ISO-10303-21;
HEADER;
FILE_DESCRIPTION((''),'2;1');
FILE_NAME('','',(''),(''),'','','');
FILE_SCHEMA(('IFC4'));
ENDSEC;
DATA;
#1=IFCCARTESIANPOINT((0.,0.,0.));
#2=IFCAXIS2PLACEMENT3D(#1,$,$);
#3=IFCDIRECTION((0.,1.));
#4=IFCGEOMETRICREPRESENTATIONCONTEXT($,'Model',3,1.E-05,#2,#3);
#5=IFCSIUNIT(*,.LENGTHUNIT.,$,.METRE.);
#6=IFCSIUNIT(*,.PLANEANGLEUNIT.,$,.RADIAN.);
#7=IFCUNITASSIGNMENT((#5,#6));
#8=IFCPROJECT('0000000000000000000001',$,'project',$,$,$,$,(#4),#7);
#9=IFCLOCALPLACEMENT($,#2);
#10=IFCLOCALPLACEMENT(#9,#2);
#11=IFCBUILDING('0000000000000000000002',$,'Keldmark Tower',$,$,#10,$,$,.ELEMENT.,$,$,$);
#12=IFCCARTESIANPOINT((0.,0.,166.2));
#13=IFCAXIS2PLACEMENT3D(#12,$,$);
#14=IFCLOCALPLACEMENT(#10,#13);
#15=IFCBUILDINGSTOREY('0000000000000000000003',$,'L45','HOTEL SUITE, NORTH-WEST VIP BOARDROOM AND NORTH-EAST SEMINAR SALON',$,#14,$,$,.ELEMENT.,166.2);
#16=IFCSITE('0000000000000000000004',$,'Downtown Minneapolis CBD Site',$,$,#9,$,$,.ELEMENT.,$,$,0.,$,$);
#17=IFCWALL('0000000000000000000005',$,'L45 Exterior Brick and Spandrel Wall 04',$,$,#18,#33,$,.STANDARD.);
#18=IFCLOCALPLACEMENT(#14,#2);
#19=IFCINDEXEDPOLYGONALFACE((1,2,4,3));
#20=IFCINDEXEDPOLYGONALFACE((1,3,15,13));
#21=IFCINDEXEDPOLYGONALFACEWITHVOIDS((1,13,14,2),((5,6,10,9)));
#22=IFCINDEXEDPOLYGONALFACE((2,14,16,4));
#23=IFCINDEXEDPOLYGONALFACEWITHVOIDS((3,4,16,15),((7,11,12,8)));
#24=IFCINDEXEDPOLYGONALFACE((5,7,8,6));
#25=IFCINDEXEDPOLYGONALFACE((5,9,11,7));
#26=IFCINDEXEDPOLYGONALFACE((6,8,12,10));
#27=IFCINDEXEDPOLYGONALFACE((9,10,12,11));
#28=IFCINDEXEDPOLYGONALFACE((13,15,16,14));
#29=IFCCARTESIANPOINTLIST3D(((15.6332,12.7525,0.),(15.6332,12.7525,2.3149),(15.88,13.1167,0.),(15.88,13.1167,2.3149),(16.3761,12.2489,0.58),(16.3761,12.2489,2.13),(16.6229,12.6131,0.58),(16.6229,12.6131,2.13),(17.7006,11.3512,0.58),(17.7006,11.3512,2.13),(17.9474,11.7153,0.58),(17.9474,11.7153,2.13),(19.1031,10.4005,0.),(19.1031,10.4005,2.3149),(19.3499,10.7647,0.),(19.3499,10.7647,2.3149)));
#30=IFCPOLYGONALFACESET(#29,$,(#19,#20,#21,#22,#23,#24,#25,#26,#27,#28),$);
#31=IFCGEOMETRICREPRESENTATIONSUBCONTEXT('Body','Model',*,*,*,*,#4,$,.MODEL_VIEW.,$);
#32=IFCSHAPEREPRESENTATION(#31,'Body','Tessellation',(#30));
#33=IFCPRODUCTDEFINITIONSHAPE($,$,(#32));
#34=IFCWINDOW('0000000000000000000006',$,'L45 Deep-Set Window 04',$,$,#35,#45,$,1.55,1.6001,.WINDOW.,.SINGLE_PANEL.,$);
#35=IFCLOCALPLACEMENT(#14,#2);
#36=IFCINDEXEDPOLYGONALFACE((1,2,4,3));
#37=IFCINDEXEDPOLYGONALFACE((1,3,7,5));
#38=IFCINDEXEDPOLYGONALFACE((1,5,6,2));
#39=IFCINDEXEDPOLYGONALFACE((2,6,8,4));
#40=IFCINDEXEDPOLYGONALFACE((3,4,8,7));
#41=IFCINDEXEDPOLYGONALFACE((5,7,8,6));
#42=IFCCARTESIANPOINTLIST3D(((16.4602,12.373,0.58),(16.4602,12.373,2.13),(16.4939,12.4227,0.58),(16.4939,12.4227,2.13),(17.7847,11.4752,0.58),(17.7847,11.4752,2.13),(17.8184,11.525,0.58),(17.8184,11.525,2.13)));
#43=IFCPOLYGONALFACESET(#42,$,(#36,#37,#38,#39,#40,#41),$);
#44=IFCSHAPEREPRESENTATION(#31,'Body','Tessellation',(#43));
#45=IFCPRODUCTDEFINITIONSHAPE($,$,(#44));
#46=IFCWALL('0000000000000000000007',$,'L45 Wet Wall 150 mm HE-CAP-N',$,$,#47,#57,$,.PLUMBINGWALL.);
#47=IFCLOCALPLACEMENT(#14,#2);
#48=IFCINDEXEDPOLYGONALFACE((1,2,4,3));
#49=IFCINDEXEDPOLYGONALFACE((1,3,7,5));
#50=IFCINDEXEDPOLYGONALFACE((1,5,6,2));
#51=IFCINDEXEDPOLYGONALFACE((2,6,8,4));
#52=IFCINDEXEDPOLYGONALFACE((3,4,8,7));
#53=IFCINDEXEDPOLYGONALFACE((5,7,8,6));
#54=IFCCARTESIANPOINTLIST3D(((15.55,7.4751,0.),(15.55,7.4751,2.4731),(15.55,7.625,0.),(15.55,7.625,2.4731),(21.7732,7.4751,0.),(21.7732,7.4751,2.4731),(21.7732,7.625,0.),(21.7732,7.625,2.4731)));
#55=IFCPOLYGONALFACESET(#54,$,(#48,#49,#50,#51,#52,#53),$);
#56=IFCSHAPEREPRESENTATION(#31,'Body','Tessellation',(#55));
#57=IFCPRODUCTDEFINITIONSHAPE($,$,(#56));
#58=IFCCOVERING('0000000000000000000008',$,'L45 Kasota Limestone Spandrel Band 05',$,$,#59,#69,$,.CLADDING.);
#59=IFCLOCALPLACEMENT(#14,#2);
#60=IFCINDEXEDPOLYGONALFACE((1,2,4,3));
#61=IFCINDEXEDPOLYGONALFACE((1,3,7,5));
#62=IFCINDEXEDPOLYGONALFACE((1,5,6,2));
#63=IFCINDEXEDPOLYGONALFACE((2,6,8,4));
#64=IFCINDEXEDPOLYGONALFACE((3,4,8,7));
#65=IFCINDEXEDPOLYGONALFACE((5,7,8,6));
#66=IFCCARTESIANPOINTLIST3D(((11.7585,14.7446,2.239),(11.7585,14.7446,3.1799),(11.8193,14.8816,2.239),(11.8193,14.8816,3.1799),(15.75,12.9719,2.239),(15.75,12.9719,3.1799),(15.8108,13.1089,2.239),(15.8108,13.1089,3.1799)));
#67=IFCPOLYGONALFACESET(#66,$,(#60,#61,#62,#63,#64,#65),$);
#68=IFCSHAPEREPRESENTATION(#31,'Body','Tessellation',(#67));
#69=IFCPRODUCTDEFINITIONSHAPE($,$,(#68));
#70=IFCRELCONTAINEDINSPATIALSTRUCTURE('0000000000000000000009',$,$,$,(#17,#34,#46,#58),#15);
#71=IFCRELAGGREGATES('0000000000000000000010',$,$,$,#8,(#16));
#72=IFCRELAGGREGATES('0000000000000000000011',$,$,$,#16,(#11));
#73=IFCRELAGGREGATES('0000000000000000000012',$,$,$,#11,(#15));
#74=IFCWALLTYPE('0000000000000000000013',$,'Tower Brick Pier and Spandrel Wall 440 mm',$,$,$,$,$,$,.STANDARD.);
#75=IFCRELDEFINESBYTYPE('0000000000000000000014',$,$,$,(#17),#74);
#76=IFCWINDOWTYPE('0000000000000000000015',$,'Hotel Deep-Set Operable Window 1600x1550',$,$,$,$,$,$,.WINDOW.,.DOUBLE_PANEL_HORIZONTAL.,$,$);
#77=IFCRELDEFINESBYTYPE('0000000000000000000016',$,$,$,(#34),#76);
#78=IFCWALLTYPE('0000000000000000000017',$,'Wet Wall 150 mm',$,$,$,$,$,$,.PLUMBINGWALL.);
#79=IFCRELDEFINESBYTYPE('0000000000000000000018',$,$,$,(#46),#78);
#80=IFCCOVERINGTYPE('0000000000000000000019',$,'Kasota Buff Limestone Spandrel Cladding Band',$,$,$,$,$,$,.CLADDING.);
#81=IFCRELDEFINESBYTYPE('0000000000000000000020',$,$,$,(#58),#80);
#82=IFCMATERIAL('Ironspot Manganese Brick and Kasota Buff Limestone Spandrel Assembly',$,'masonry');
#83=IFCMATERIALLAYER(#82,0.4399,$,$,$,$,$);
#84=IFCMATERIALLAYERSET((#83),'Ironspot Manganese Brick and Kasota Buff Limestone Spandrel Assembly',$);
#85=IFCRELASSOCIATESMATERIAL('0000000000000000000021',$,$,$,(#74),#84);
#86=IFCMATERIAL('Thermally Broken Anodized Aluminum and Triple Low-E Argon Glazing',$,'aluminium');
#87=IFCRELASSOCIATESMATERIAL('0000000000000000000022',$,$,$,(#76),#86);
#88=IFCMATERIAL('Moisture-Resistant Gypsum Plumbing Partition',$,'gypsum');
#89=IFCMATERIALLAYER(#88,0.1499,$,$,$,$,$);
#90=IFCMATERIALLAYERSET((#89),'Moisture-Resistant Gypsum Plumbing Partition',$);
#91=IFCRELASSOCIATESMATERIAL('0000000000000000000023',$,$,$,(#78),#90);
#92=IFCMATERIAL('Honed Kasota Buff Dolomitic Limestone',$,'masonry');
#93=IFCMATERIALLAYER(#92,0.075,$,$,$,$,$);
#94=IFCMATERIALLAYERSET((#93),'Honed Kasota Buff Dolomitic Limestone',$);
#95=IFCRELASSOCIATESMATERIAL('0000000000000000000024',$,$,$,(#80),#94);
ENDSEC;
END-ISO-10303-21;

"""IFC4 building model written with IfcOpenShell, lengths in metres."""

from ifc_helpers import new_model, si_unit, direction, frame, frame_2d, origin, origin_2d, place, context, subcontext, project, spatial, rectangle, extrude, material, layer, layer_set, type_object, element, fill, save


model = new_model("IFC4")

# Units and contexts
model_context = context("Model", 3, precision=1e-05, world=origin(), true_north=direction((0.0, 1.0)))
body_context = subcontext(model_context, "Body", "Model", "MODEL_VIEW")
ifc_project = project(units=[si_unit("LENGTHUNIT", "METRE"), si_unit("PLANEANGLEUNIT", "RADIAN")], contexts=[model_context])

# Site, building, storey
site_placement = place(None, origin())
site = spatial("IfcSite", under=ifc_project, at=site_placement, Name="Downtown Minneapolis CBD Site", CompositionType="ELEMENT", RefElevation=0.0)
building_placement = place(site_placement, origin())
building = spatial("IfcBuilding", under=site, at=building_placement, Name="Keldmark Tower", CompositionType="ELEMENT")
storey_placement = place(building_placement, frame((0.0, 0.0, 166.2)))
storey = spatial("IfcBuildingStorey", under=building, at=storey_placement, Name="L45", Description="HOTEL SUITE, NORTH-WEST VIP BOARDROOM AND NORTH-EAST SEMINAR SALON", CompositionType="ELEMENT", Elevation=166.2)

# Wall, opening, window
ifc_material_1 = material(Name="Ironspot Manganese Brick and Kasota Buff Limestone Spandrel Assembly", Category="masonry")
ifc_layer_1 = layer(ifc_material_1, 0.4399)
ifc_layer_set_1 = layer_set([ifc_layer_1], Name="Ironspot Manganese Brick and Kasota Buff Limestone Spandrel Assembly")
wall_type_1 = type_object("IfcWallType", Name="Tower Brick Pier and Spandrel Wall 440 mm", PredefinedType="STANDARD", material=ifc_layer_set_1)
ifc_material_2 = material(Name="Thermally Broken Anodized Aluminum and Triple Low-E Argon Glazing", Category="aluminium")
window_type_1 = type_object("IfcWindowType", Name="Hotel Deep-Set Operable Window 1600x1550", PartitioningType="DOUBLE_PANEL_HORIZONTAL", PredefinedType="WINDOW", material=ifc_material_2)
wall_1_placement = place(storey_placement, frame((15.7566, 12.9346, 0.0), z_axis=(0.0, 0.0, 1.0), x_axis=(0.827761, -0.561081, 0.0)))
wall_1 = element("IfcWall", 1, at=wall_1_placement, inside=storey, type_object=wall_type_1, Name="L45 Exterior Brick and Spandrel Wall 04", PredefinedType="STANDARD", context=body_context, shape_type="SweptSolid", body=[
    extrude(rectangle(XDim=4.1919, YDim=0.4399, at=frame_2d((2.0959, 0.0))), origin(), (0.0, 0.0, 1.0), 2.3149),
])
opening_1_placement = place(wall_1_placement, frame((0.8975, 0.0, 0.5801)))
opening_1 = element("IfcOpeningElement", 2, at=opening_1_placement, cuts=wall_1, PredefinedType="OPENING", context=body_context, shape_type="SweptSolid", body=[
    extrude(rectangle(XDim=1.6001, YDim=1.55, at=frame_2d((0.8, 0.7749))), frame((0.0, 0.23, 0.0), z_axis=(0.0, -1.0, 0.0), x_axis=(1.0, 0.0, 0.0)), (0.0, 0.0, 1.0), 0.46),
])
window_1_placement = place(opening_1_placement, origin())
window_1 = element("IfcWindow", 3, at=window_1_placement, inside=storey, type_object=window_type_1, Name="L45 Deep-Set Window 04", OverallHeight=1.55, OverallWidth=1.6001, PartitioningType="SINGLE_PANEL", PredefinedType="WINDOW", context=body_context, shape_type="SweptSolid", body=[
    extrude(rectangle(XDim=1.6001, YDim=1.55, at=frame_2d((0.8, 0.7749))), frame((0.0, -0.01, 0.0), z_axis=(0.0, -1.0, 0.0), x_axis=(1.0, 0.0, 0.0)), (0.0, 0.0, 1.0), 0.0601),
])
fill(opening_1, window_1)

# Wall
ifc_material_3 = material(Name="Moisture-Resistant Gypsum Plumbing Partition", Category="gypsum")
ifc_layer_2 = layer(ifc_material_3, 0.1499)
ifc_layer_set_2 = layer_set([ifc_layer_2], Name="Moisture-Resistant Gypsum Plumbing Partition")
wall_type_2 = type_object("IfcWallType", Name="Wet Wall 150 mm", PredefinedType="PLUMBINGWALL", material=ifc_layer_set_2)
wall_2_placement = place(storey_placement, frame((15.55, 7.55, 0.0), z_axis=(0.0, 0.0, 1.0), x_axis=(1.0, 0.0, 0.0)))
element("IfcWall", 4, at=wall_2_placement, inside=storey, type_object=wall_type_2, Name="L45 Wet Wall 150 mm HE-CAP-N", PredefinedType="PLUMBINGWALL", context=body_context, shape_type="SweptSolid", body=[
    extrude(rectangle(XDim=6.2231, YDim=0.1499, at=frame_2d((3.1116, 0.0))), origin(), (0.0, 0.0, 1.0), 2.4731),
])

# Covering
ifc_material_4 = material(Name="Honed Kasota Buff Dolomitic Limestone", Category="masonry")
ifc_layer_3 = layer(ifc_material_4, 0.075)
ifc_layer_set_3 = layer_set([ifc_layer_3], Name="Honed Kasota Buff Dolomitic Limestone")
covering_type = type_object("IfcCoveringType", Name="Kasota Buff Limestone Spandrel Cladding Band", PredefinedType="CLADDING", material=ifc_layer_set_3)
covering_placement = place(storey_placement, frame((13.7847, 13.9268, 2.239), z_axis=(0.0, 0.0, 1.0), x_axis=(-0.913921, 0.405891, 0.0)))
element("IfcCovering", 5, at=covering_placement, inside=storey, type_object=covering_type, Name="L45 Kasota Limestone Spandrel Band 05", PredefinedType="CLADDING", context=body_context, shape_type="SweptSolid", body=[
    extrude(rectangle(XDim=4.3674, YDim=0.1499, at=origin_2d()), origin(), (0.0, 0.0, 1.0), 0.9409),
])

save(model, "model.ifc")
